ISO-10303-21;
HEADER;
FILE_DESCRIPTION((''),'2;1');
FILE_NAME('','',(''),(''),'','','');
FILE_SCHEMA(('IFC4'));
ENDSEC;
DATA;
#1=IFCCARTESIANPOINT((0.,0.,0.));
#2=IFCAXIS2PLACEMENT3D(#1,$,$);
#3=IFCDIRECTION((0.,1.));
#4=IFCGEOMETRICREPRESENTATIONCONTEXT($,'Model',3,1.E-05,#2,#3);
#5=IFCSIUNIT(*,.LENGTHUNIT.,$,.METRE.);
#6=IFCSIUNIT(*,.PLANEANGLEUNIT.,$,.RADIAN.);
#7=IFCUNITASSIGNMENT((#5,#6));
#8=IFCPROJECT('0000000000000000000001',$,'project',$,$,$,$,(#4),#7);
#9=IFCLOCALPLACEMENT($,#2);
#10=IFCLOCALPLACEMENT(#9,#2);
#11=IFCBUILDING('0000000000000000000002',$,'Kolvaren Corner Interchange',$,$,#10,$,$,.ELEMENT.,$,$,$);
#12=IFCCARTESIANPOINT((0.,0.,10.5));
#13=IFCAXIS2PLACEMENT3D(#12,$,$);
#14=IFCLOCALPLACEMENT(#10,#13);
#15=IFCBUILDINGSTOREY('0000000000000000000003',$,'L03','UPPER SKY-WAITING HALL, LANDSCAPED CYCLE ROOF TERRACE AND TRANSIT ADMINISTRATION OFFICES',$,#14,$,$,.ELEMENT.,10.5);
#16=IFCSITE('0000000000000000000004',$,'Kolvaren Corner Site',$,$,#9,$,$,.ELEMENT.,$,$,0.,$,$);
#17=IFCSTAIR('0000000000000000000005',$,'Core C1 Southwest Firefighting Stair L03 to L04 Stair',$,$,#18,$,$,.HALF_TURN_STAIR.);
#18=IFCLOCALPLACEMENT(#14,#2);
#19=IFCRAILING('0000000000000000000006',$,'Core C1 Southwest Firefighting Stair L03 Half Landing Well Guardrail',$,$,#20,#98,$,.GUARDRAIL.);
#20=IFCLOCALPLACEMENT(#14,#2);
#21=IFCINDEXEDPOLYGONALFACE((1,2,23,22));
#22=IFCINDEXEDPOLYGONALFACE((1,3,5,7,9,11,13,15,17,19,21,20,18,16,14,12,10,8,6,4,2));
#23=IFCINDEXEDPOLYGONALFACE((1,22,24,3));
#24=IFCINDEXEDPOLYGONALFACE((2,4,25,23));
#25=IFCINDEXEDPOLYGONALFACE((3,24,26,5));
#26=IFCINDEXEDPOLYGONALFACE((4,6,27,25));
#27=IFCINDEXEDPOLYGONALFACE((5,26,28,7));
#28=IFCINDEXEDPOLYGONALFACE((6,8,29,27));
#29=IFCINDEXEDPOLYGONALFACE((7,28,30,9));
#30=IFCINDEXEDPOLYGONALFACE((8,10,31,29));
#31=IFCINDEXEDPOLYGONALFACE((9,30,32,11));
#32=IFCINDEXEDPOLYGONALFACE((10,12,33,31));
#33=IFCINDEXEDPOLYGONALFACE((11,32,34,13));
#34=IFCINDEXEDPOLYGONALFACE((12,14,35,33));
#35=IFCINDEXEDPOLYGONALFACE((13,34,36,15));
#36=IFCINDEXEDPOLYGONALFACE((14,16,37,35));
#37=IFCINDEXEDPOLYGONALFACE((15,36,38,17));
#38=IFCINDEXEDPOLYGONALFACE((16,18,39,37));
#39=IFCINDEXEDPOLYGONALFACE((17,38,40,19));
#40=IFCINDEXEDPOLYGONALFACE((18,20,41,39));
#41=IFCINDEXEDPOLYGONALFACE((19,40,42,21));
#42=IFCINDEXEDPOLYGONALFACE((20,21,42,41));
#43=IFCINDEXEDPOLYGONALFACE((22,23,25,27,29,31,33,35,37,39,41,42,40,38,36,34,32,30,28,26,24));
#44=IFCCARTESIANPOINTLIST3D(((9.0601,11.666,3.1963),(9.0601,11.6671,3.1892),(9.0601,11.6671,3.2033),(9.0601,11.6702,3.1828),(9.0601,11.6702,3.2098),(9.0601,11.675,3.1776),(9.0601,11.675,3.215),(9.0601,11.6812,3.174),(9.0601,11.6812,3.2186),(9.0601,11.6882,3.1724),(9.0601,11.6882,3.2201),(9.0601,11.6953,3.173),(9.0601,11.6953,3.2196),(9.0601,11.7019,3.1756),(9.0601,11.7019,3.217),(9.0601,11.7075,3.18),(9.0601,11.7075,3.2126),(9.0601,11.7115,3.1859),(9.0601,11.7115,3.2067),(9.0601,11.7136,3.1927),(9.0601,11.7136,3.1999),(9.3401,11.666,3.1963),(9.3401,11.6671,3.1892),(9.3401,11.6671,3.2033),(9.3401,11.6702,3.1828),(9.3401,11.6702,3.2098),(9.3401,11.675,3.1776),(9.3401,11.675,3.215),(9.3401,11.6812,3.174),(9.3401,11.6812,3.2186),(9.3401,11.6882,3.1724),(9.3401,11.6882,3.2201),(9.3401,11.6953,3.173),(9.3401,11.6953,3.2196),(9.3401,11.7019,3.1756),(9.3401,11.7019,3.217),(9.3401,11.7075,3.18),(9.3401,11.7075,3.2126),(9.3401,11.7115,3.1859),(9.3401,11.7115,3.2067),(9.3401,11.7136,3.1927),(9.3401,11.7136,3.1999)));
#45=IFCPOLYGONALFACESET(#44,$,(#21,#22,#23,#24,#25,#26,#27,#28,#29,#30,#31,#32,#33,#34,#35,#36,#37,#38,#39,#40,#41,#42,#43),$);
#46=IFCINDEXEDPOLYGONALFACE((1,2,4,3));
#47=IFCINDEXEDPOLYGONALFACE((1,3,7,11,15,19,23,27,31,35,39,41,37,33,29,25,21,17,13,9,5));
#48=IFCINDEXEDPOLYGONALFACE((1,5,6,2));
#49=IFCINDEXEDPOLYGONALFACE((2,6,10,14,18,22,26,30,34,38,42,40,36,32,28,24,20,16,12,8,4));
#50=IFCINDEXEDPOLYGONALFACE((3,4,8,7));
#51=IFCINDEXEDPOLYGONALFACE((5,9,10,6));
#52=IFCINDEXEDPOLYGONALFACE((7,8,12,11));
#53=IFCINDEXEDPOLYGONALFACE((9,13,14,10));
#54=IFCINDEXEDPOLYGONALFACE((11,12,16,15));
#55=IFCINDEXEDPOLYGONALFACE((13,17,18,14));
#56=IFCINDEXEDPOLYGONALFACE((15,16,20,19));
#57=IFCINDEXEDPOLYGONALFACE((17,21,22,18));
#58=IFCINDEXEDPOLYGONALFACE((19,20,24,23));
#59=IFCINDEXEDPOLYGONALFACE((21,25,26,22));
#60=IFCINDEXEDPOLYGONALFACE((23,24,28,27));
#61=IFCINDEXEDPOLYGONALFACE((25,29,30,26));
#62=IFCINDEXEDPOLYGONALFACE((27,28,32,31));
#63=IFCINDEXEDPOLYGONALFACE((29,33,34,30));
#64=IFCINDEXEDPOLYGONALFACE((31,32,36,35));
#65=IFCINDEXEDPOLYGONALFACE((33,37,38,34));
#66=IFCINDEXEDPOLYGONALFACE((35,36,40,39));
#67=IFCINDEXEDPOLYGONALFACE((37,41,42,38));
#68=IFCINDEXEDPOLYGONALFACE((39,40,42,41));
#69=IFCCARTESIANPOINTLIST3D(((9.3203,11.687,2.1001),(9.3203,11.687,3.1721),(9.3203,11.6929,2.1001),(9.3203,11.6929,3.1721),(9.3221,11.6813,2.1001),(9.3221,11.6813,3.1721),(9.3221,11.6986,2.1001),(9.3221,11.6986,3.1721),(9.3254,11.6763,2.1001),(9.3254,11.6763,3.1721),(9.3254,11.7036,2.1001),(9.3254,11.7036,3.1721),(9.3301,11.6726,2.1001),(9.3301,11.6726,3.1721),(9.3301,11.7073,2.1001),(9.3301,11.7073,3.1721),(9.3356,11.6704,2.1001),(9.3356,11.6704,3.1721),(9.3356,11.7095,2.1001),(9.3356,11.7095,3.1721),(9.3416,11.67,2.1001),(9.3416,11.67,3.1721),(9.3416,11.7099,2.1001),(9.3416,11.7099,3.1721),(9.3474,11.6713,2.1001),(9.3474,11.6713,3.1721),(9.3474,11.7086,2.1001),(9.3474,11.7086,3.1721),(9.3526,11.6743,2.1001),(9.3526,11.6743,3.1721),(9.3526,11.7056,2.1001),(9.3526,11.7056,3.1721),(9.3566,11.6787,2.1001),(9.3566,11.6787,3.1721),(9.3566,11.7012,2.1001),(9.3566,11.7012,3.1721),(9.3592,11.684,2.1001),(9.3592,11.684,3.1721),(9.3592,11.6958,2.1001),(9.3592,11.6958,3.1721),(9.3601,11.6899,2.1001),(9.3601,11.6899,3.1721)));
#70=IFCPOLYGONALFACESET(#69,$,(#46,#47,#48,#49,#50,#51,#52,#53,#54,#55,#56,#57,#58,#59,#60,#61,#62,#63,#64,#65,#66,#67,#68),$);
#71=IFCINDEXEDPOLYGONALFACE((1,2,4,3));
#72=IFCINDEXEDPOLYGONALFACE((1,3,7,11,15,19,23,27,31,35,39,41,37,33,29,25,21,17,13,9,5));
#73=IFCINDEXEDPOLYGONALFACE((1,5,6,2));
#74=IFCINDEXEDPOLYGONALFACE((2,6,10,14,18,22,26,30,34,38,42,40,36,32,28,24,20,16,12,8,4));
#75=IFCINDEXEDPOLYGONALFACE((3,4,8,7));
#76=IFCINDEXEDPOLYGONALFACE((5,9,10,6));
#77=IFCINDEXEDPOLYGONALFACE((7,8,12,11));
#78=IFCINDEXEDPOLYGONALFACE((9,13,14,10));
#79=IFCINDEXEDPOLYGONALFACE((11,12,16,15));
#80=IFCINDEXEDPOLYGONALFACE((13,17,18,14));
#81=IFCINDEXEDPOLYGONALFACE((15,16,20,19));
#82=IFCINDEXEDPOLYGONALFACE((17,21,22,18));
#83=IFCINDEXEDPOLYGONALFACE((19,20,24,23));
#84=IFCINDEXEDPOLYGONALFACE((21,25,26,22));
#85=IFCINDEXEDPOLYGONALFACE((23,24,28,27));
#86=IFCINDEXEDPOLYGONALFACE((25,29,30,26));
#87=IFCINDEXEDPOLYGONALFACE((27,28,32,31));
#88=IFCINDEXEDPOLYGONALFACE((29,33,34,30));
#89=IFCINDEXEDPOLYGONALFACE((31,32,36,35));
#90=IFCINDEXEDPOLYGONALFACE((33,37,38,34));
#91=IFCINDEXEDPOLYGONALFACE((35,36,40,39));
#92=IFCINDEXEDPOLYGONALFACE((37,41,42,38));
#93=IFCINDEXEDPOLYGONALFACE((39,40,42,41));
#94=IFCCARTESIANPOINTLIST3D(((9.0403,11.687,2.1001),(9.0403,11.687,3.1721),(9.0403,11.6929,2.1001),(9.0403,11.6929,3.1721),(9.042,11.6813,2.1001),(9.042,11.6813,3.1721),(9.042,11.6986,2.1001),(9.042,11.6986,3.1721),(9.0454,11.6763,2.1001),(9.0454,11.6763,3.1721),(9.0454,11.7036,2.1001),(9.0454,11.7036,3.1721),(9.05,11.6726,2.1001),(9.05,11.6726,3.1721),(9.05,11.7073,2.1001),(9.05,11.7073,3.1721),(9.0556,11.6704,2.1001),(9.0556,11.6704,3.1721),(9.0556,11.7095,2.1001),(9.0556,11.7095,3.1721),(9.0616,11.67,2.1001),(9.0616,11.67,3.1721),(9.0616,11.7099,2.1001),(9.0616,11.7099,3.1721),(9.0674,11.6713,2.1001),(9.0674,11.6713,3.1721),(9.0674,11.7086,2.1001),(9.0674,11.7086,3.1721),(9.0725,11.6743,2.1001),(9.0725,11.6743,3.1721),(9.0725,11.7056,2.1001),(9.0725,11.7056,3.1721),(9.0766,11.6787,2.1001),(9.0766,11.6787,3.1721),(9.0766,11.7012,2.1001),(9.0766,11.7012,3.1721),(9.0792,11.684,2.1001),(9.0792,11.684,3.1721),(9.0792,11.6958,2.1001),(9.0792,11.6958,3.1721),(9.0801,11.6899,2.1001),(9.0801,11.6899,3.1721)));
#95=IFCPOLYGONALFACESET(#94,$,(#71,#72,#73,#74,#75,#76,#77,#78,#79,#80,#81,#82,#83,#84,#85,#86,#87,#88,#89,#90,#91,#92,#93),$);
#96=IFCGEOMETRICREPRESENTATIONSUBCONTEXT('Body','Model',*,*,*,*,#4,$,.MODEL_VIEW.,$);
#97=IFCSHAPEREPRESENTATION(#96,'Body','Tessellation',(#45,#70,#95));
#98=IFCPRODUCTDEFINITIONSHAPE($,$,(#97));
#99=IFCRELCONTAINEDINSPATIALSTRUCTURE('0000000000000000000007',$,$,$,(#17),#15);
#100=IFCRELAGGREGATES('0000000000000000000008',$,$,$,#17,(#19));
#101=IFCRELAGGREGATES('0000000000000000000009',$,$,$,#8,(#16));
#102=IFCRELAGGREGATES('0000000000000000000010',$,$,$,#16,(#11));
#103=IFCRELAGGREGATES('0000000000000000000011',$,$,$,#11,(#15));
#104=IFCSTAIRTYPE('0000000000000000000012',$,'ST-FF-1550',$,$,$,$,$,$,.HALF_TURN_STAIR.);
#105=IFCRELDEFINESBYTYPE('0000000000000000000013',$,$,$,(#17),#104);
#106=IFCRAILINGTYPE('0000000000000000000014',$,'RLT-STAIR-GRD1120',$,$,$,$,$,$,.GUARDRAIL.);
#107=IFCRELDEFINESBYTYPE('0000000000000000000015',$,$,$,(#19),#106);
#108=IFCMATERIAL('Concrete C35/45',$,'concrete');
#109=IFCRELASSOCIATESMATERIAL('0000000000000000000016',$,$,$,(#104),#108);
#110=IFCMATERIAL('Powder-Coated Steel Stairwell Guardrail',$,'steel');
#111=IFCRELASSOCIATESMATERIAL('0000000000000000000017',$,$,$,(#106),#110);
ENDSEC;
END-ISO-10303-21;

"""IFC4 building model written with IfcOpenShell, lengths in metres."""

from ifc_helpers import new_model, si_unit, direction, frame, origin, origin_2d, place, context, subcontext, project, spatial, circle, extrude, material, type_object, element, aggregate, save


model = new_model("IFC4")

# Units and contexts
model_context = context("Model", 3, precision=1e-05, world=origin(), true_north=direction((0.0, 1.0)))
body_context = subcontext(model_context, "Body", "Model", "MODEL_VIEW")
ifc_project = project(units=[si_unit("LENGTHUNIT", "METRE"), si_unit("PLANEANGLEUNIT", "RADIAN")], contexts=[model_context])

# Site, building, storey
site_placement = place(None, origin())
site = spatial("IfcSite", under=ifc_project, at=site_placement, Name="Kolvaren Corner Site", CompositionType="ELEMENT", RefElevation=0.0)
building_placement = place(site_placement, origin())
building = spatial("IfcBuilding", under=site, at=building_placement, Name="Kolvaren Corner Interchange", CompositionType="ELEMENT")
storey_placement = place(building_placement, frame((0.0, 0.0, 10.5)))
storey = spatial("IfcBuildingStorey", under=building, at=storey_placement, Name="L03", Description="UPPER SKY-WAITING HALL, LANDSCAPED CYCLE ROOF TERRACE AND TRANSIT ADMINISTRATION OFFICES", CompositionType="ELEMENT", Elevation=10.5)

# Stair
ifc_material_1 = material(Name="Concrete C35/45", Category="concrete")
stair_type = type_object("IfcStairType", Name="ST-FF-1550", PredefinedType="HALF_TURN_STAIR", material=ifc_material_1)
stair_placement = place(storey_placement, origin())
stair = element("IfcStair", 1, at=stair_placement, inside=storey, type_object=stair_type, Name="Core C1 Southwest Firefighting Stair L03 to L04 Stair", PredefinedType="HALF_TURN_STAIR")

# Railing
ifc_material_2 = material(Name="Powder-Coated Steel Stairwell Guardrail", Category="steel")
railing_type_1 = type_object("IfcRailingType", Name="RLT-STAIR-GRD1120", PredefinedType="GUARDRAIL", material=ifc_material_2)
railing_1_placement = place(storey_placement, frame((9.3401, 11.6899, 2.1001)))
railing_1 = element("IfcRailing", 2, at=railing_1_placement, type_object=railing_type_1, Name="Core C1 Southwest Firefighting Stair L03 Half Landing Well Guardrail", PredefinedType="GUARDRAIL", context=body_context, shape_type="SweptSolid", body=[
    extrude(circle(Radius=0.0239, at=origin_2d()), frame((0.0, 0.0, 1.0962), z_axis=(-1.0, 0.0, 0.0), x_axis=(0.0, -1.0, 0.0)), (0.0, 0.0, 1.0), 0.28),
    extrude(circle(Radius=0.02, at=origin_2d()), origin(), (0.0, 0.0, 1.0), 1.072),
    extrude(circle(Radius=0.02, at=origin_2d()), frame((-0.28, 0.0, 0.0)), (0.0, 0.0, 1.0), 1.072),
])
aggregate(stair, [railing_1])

save(model, "model.ifc")
